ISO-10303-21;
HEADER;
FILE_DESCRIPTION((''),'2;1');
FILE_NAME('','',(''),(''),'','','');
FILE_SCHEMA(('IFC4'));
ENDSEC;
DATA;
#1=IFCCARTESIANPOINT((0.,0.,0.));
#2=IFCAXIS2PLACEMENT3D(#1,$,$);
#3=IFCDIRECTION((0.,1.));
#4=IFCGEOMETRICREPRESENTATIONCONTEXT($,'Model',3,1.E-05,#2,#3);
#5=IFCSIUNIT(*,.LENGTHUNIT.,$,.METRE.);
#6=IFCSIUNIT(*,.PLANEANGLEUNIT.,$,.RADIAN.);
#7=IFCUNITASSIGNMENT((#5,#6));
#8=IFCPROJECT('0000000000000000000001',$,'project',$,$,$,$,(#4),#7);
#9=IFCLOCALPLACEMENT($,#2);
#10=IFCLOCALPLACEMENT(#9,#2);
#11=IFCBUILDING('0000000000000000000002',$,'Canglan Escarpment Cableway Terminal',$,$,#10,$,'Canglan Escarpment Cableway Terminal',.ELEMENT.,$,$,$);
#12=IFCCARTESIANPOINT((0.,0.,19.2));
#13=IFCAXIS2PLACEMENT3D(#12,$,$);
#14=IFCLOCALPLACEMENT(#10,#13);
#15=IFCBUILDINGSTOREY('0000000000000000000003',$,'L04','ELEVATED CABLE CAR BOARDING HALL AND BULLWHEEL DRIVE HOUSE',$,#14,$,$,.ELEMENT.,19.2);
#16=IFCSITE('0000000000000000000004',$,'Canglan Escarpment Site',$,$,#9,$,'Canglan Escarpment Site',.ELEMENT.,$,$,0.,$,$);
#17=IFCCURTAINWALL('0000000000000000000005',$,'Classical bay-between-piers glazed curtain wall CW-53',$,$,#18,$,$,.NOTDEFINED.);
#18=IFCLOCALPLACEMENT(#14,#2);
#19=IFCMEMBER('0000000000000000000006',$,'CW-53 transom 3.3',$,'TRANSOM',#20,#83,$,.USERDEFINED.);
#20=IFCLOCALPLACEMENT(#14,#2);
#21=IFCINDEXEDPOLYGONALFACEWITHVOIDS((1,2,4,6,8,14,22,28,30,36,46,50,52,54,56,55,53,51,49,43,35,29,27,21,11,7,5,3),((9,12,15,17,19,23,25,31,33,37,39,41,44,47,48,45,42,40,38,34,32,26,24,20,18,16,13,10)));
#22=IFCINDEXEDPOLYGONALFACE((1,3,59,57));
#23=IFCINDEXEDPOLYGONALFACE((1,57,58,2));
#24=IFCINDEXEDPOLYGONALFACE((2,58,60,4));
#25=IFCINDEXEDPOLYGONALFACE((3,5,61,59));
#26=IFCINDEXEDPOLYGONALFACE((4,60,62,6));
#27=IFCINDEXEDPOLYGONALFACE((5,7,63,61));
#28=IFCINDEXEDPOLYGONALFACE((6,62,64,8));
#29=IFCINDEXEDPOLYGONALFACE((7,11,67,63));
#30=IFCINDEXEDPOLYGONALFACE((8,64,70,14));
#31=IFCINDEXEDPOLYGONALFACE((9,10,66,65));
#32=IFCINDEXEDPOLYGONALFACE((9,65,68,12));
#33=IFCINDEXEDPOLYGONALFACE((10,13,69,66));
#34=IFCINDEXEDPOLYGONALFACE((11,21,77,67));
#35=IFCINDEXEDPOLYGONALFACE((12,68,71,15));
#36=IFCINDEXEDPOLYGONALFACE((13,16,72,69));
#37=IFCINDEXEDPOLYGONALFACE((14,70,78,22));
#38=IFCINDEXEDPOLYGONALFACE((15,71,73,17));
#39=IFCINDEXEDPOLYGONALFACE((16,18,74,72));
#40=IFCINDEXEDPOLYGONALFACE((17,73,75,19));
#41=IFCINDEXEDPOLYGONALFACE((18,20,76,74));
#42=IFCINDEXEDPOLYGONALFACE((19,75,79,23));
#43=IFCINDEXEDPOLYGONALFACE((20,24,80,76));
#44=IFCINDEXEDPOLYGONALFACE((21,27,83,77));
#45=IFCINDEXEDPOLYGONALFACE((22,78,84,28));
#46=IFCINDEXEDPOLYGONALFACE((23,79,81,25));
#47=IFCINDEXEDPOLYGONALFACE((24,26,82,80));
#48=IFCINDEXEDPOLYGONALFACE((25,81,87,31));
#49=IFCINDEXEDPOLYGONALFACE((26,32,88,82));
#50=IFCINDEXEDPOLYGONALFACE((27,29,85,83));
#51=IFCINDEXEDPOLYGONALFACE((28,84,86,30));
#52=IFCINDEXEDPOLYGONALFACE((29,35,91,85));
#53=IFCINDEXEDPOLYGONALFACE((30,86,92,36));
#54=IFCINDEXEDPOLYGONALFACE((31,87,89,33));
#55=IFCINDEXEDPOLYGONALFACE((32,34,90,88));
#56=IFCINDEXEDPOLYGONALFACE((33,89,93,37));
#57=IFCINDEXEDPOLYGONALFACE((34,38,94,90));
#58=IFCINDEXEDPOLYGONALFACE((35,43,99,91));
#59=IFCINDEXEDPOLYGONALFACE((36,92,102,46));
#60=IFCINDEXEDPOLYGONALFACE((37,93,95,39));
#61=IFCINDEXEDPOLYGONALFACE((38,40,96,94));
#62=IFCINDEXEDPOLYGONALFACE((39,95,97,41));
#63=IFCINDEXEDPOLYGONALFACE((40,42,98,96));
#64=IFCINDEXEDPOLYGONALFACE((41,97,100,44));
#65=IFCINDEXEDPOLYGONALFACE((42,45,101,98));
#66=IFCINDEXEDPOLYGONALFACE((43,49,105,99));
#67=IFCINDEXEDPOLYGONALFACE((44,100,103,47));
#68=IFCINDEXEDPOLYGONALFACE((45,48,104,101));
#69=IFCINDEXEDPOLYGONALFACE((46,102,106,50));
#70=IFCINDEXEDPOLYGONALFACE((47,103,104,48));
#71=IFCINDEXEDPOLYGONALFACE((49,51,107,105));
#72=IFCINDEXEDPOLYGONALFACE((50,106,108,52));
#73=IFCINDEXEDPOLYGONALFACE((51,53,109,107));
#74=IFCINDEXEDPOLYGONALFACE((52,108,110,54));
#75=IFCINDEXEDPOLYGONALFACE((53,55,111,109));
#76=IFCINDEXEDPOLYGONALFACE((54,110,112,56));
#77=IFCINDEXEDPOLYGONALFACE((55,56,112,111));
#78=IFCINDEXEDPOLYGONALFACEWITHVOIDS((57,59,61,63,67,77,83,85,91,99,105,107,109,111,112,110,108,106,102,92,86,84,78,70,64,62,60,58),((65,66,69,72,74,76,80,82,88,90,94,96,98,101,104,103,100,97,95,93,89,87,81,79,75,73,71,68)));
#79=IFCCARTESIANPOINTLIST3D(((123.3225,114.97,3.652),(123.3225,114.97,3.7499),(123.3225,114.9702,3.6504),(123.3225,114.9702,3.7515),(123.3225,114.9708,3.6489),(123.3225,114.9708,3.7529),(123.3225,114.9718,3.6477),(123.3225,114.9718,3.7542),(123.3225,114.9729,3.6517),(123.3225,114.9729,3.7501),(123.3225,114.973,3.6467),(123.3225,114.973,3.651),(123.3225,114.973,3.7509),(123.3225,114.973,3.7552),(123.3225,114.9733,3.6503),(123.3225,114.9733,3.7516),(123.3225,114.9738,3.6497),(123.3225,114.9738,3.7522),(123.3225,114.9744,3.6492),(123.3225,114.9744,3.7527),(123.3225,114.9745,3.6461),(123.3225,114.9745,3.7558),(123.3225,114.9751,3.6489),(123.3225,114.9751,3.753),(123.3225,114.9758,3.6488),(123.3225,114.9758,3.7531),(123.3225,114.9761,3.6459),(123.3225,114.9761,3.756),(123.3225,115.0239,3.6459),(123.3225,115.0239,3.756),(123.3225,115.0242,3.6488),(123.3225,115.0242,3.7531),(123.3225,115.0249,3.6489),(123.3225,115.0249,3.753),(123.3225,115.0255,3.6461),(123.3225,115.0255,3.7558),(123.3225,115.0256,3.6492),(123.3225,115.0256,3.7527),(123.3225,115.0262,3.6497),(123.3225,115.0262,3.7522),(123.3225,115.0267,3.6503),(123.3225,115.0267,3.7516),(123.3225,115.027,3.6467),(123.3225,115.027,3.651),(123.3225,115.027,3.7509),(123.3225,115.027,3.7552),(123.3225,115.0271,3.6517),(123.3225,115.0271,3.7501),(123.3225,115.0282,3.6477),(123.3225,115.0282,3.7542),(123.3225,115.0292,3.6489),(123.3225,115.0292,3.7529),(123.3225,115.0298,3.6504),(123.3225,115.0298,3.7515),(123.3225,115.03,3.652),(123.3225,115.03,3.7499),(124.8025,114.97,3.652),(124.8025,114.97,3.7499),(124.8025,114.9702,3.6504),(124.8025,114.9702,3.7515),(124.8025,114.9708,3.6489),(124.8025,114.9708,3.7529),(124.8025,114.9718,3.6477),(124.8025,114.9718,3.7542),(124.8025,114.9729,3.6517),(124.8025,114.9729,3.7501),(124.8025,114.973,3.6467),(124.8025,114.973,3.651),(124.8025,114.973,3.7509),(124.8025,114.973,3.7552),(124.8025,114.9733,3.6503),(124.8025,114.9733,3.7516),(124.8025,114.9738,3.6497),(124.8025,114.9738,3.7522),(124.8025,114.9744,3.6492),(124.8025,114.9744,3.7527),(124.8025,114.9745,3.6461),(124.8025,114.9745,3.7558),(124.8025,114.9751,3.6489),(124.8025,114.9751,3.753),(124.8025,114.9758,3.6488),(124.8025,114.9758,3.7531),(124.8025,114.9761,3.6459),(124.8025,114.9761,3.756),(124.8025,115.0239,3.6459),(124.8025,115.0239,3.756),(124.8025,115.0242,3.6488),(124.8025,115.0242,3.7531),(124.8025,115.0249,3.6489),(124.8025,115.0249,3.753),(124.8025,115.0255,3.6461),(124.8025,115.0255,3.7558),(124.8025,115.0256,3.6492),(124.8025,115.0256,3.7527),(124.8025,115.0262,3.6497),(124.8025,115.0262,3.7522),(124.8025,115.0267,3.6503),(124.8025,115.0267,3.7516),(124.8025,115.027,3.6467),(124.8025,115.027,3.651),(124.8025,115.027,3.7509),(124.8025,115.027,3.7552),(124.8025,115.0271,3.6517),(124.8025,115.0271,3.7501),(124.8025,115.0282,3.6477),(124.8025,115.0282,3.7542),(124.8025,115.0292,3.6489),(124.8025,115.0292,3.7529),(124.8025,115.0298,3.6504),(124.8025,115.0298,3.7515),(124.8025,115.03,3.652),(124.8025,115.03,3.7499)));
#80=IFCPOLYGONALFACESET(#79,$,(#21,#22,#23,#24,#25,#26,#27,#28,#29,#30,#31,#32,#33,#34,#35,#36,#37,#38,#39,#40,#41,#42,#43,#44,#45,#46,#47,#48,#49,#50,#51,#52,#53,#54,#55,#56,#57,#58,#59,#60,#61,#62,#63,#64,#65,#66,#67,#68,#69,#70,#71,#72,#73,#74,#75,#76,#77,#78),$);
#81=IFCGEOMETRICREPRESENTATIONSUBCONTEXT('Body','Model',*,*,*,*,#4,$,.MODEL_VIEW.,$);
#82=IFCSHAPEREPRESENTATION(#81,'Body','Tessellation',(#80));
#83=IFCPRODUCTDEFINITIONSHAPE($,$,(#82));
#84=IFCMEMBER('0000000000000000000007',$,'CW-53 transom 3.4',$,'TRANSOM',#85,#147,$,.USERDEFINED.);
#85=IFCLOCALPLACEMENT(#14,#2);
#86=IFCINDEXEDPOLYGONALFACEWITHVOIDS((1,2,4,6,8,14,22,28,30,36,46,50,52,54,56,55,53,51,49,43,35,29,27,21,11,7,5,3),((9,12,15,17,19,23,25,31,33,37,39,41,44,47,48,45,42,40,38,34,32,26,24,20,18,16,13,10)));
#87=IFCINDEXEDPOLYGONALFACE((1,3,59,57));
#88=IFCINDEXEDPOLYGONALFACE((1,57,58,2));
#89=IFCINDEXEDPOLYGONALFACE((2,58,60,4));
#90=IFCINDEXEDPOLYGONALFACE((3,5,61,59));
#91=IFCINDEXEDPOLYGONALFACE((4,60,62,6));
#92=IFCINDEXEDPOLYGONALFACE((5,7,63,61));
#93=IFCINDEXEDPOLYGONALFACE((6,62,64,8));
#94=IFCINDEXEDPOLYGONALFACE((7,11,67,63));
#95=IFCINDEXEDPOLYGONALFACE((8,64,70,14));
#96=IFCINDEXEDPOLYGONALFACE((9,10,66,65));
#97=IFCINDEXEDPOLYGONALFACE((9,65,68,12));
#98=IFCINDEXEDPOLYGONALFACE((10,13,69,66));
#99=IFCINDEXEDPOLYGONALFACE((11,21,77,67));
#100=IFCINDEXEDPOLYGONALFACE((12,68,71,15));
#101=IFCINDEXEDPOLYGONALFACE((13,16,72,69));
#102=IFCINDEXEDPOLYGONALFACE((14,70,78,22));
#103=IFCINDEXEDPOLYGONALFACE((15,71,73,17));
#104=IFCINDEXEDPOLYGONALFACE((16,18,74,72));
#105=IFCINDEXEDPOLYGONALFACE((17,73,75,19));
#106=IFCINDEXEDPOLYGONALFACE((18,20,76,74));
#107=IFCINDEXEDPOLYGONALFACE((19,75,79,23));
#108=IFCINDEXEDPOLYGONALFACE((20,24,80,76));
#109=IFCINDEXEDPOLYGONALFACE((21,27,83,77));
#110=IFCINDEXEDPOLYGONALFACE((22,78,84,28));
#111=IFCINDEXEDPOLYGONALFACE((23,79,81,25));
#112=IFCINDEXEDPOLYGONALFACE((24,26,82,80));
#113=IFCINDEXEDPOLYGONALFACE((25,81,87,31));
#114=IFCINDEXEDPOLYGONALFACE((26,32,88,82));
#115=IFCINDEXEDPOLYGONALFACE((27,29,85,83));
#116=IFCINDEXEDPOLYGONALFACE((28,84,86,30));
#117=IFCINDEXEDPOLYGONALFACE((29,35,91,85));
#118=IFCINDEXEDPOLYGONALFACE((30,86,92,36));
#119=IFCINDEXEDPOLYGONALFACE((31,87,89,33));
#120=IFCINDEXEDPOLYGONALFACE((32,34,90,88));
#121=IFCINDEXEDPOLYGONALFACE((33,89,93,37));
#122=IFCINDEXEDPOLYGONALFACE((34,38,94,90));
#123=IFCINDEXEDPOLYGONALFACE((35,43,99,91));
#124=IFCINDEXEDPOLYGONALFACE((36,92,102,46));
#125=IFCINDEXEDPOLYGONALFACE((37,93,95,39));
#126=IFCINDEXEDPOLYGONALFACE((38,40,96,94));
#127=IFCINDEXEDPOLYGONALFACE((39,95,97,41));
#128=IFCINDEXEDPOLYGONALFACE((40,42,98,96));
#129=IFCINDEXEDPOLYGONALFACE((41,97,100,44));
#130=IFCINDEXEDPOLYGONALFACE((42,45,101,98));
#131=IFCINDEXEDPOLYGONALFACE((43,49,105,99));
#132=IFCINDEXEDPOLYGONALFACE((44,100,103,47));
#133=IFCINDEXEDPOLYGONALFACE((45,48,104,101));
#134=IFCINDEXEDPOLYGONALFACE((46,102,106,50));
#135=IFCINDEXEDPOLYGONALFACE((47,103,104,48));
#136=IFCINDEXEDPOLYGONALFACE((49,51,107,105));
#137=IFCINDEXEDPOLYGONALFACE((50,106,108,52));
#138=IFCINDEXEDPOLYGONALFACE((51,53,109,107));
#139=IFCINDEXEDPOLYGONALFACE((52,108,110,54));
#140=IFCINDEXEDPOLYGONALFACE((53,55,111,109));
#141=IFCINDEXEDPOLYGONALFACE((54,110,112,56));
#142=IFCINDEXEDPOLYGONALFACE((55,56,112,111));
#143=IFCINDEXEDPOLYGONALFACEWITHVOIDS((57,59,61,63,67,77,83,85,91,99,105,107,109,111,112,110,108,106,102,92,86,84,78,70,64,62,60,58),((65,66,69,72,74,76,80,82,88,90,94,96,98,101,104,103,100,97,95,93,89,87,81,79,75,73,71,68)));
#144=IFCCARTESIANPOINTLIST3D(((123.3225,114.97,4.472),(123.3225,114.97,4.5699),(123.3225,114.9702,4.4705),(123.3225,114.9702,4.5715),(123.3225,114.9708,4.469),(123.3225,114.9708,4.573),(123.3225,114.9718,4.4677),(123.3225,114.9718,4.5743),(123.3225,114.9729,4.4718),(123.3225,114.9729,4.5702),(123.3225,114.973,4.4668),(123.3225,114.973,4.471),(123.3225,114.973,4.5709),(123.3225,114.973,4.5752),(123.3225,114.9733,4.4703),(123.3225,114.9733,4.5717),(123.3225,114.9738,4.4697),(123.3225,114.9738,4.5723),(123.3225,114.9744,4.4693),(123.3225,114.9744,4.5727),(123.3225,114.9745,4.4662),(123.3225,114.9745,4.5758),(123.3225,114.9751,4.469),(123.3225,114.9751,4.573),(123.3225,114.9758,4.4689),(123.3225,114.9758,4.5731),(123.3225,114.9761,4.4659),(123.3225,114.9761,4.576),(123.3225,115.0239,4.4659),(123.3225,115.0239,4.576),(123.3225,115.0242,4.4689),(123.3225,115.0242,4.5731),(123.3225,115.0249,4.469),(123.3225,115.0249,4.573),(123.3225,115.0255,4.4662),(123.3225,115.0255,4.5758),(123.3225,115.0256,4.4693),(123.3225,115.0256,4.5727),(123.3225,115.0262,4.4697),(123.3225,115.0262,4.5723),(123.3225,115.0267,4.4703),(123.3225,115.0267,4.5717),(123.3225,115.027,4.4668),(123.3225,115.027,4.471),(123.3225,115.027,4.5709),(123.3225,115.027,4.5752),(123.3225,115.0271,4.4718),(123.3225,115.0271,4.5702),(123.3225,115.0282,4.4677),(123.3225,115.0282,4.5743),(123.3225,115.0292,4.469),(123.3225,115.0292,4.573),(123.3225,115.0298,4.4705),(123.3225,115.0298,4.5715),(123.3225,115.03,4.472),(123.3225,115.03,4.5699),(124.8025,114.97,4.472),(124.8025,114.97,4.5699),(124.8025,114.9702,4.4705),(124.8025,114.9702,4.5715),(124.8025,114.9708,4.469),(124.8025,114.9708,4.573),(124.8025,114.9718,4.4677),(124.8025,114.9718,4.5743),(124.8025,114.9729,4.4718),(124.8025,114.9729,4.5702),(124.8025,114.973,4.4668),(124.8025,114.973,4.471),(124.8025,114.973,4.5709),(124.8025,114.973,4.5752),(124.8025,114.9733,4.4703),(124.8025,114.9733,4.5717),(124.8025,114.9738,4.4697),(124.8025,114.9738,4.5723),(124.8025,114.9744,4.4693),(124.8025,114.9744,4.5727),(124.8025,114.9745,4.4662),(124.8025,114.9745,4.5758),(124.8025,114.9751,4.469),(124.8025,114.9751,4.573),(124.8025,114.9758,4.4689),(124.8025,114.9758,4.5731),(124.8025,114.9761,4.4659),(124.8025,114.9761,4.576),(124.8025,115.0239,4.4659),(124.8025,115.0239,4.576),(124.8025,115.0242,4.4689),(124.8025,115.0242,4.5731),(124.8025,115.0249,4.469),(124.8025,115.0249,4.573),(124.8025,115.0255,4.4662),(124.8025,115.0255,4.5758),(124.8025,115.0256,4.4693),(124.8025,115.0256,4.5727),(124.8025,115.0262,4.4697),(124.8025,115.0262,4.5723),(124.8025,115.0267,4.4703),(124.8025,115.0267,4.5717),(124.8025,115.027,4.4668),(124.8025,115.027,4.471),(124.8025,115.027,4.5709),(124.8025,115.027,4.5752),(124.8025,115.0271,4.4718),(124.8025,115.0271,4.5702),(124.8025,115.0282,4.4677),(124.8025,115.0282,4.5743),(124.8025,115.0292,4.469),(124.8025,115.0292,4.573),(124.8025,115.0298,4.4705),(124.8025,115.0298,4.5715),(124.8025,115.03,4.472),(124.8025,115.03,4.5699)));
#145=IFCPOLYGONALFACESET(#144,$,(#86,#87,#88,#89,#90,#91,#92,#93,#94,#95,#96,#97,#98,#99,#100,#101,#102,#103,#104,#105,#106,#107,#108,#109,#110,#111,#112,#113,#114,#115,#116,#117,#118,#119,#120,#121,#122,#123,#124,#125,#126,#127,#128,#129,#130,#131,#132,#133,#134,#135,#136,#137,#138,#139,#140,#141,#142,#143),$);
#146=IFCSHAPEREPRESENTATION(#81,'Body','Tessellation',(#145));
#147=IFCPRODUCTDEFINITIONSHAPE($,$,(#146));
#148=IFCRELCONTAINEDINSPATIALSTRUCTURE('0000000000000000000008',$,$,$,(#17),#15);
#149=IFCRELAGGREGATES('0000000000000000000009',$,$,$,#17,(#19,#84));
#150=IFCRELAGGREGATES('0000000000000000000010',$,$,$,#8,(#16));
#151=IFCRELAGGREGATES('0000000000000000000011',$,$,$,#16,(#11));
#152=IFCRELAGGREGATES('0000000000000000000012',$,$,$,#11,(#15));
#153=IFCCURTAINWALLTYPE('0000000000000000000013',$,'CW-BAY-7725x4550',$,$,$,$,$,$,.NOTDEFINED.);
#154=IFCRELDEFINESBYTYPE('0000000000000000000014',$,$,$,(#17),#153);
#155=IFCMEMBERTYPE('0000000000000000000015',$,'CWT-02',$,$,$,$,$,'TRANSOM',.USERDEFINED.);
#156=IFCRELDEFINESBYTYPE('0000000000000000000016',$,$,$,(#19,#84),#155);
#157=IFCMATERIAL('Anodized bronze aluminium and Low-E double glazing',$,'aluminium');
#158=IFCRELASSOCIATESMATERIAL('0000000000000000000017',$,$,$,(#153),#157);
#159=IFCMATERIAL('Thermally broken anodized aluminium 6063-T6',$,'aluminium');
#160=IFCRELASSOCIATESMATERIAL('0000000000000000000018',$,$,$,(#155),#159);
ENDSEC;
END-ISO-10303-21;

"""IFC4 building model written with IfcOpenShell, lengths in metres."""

from ifc_helpers import new_model, si_unit, direction, frame, origin, origin_2d, place, context, subcontext, project, spatial, hollow_rectangle, extrude, material, material_profile, profile_set, type_object, element, aggregate, save


model = new_model("IFC4")

# Units and contexts
model_context = context("Model", 3, precision=1e-05, world=origin(), true_north=direction((0.0, 1.0)))
body_context = subcontext(model_context, "Body", "Model", "MODEL_VIEW")
ifc_project = project(units=[si_unit("LENGTHUNIT", "METRE"), si_unit("PLANEANGLEUNIT", "RADIAN")], contexts=[model_context])

# Site, building, storey
site_placement = place(None, origin())
site = spatial("IfcSite", under=ifc_project, at=site_placement, Name="Canglan Escarpment Site", LongName="Canglan Escarpment Site", CompositionType="ELEMENT", RefElevation=0.0)
building_placement = place(site_placement, origin())
building = spatial("IfcBuilding", under=site, at=building_placement, Name="Canglan Escarpment Cableway Terminal", LongName="Canglan Escarpment Cableway Terminal", CompositionType="ELEMENT")
storey_placement = place(building_placement, frame((0.0, 0.0, 19.2)))
storey = spatial("IfcBuildingStorey", under=building, at=storey_placement, Name="L04", Description="ELEVATED CABLE CAR BOARDING HALL AND BULLWHEEL DRIVE HOUSE", CompositionType="ELEMENT", Elevation=19.2)

# Curtain wall
ifc_material_1 = material(Name="Anodized bronze aluminium and Low-E double glazing", Category="aluminium")
curtain_wall_type_1 = type_object("IfcCurtainWallType", Name="CW-BAY-7725x4550", PredefinedType="NOTDEFINED", material=ifc_material_1)
curtain_wall_1_placement = place(storey_placement, origin())
curtain_wall_1 = element("IfcCurtainWall", 1, at=curtain_wall_1_placement, inside=storey, type_object=curtain_wall_type_1, Name="Classical bay-between-piers glazed curtain wall CW-53", PredefinedType="NOTDEFINED")
ifc_material_2 = material(Name="Thermally broken anodized aluminium 6063-T6", Category="aluminium")

# Members
ifc_material_profile_1 = material_profile(ifc_material_2, hollow_rectangle(XDim=0.0601, YDim=0.1101, WallThickness=0.0029, InnerFilletRadius=0.0029, OuterFilletRadius=0.0061, at=origin_2d()), Name="ALU-TRAN 60x110x3")
ifc_profile_set_1 = profile_set([ifc_material_profile_1], Name="Thermally broken anodized aluminium 6063-T6")
member_type_1 = type_object("IfcMemberType", Name="CWT-02", ElementType="TRANSOM", PredefinedType="USERDEFINED", material=ifc_profile_set_1)
member_1_placement = place(storey_placement, frame((124.8025, 115.0, 3.7009), z_axis=(-1.0, 0.0, 0.0), x_axis=(0.0, -1.0, 0.0)))
member_1 = element("IfcMember", 2, at=member_1_placement, type_object=member_type_1, Name="CW-53 transom 3.3", ObjectType="TRANSOM", PredefinedType="USERDEFINED", context=body_context, shape_type="SweptSolid", body=[
    extrude(hollow_rectangle(XDim=0.0601, YDim=0.1101, WallThickness=0.0029, InnerFilletRadius=0.0029, OuterFilletRadius=0.0061, at=origin_2d()), origin(), (0.0, 0.0, 1.0), 1.48),
])
member_2_placement = place(storey_placement, frame((124.8025, 115.0, 4.521), z_axis=(-1.0, 0.0, 0.0), x_axis=(0.0, -1.0, 0.0)))
member_2 = element("IfcMember", 3, at=member_2_placement, type_object=member_type_1, Name="CW-53 transom 3.4", ObjectType="TRANSOM", PredefinedType="USERDEFINED", context=body_context, shape_type="SweptSolid", body=[
    extrude(hollow_rectangle(XDim=0.0601, YDim=0.1101, WallThickness=0.0029, InnerFilletRadius=0.0029, OuterFilletRadius=0.0061, at=origin_2d()), origin(), (0.0, 0.0, 1.0), 1.48),
])

aggregate(curtain_wall_1, [member_1, member_2])

save(model, "model.ifc")
